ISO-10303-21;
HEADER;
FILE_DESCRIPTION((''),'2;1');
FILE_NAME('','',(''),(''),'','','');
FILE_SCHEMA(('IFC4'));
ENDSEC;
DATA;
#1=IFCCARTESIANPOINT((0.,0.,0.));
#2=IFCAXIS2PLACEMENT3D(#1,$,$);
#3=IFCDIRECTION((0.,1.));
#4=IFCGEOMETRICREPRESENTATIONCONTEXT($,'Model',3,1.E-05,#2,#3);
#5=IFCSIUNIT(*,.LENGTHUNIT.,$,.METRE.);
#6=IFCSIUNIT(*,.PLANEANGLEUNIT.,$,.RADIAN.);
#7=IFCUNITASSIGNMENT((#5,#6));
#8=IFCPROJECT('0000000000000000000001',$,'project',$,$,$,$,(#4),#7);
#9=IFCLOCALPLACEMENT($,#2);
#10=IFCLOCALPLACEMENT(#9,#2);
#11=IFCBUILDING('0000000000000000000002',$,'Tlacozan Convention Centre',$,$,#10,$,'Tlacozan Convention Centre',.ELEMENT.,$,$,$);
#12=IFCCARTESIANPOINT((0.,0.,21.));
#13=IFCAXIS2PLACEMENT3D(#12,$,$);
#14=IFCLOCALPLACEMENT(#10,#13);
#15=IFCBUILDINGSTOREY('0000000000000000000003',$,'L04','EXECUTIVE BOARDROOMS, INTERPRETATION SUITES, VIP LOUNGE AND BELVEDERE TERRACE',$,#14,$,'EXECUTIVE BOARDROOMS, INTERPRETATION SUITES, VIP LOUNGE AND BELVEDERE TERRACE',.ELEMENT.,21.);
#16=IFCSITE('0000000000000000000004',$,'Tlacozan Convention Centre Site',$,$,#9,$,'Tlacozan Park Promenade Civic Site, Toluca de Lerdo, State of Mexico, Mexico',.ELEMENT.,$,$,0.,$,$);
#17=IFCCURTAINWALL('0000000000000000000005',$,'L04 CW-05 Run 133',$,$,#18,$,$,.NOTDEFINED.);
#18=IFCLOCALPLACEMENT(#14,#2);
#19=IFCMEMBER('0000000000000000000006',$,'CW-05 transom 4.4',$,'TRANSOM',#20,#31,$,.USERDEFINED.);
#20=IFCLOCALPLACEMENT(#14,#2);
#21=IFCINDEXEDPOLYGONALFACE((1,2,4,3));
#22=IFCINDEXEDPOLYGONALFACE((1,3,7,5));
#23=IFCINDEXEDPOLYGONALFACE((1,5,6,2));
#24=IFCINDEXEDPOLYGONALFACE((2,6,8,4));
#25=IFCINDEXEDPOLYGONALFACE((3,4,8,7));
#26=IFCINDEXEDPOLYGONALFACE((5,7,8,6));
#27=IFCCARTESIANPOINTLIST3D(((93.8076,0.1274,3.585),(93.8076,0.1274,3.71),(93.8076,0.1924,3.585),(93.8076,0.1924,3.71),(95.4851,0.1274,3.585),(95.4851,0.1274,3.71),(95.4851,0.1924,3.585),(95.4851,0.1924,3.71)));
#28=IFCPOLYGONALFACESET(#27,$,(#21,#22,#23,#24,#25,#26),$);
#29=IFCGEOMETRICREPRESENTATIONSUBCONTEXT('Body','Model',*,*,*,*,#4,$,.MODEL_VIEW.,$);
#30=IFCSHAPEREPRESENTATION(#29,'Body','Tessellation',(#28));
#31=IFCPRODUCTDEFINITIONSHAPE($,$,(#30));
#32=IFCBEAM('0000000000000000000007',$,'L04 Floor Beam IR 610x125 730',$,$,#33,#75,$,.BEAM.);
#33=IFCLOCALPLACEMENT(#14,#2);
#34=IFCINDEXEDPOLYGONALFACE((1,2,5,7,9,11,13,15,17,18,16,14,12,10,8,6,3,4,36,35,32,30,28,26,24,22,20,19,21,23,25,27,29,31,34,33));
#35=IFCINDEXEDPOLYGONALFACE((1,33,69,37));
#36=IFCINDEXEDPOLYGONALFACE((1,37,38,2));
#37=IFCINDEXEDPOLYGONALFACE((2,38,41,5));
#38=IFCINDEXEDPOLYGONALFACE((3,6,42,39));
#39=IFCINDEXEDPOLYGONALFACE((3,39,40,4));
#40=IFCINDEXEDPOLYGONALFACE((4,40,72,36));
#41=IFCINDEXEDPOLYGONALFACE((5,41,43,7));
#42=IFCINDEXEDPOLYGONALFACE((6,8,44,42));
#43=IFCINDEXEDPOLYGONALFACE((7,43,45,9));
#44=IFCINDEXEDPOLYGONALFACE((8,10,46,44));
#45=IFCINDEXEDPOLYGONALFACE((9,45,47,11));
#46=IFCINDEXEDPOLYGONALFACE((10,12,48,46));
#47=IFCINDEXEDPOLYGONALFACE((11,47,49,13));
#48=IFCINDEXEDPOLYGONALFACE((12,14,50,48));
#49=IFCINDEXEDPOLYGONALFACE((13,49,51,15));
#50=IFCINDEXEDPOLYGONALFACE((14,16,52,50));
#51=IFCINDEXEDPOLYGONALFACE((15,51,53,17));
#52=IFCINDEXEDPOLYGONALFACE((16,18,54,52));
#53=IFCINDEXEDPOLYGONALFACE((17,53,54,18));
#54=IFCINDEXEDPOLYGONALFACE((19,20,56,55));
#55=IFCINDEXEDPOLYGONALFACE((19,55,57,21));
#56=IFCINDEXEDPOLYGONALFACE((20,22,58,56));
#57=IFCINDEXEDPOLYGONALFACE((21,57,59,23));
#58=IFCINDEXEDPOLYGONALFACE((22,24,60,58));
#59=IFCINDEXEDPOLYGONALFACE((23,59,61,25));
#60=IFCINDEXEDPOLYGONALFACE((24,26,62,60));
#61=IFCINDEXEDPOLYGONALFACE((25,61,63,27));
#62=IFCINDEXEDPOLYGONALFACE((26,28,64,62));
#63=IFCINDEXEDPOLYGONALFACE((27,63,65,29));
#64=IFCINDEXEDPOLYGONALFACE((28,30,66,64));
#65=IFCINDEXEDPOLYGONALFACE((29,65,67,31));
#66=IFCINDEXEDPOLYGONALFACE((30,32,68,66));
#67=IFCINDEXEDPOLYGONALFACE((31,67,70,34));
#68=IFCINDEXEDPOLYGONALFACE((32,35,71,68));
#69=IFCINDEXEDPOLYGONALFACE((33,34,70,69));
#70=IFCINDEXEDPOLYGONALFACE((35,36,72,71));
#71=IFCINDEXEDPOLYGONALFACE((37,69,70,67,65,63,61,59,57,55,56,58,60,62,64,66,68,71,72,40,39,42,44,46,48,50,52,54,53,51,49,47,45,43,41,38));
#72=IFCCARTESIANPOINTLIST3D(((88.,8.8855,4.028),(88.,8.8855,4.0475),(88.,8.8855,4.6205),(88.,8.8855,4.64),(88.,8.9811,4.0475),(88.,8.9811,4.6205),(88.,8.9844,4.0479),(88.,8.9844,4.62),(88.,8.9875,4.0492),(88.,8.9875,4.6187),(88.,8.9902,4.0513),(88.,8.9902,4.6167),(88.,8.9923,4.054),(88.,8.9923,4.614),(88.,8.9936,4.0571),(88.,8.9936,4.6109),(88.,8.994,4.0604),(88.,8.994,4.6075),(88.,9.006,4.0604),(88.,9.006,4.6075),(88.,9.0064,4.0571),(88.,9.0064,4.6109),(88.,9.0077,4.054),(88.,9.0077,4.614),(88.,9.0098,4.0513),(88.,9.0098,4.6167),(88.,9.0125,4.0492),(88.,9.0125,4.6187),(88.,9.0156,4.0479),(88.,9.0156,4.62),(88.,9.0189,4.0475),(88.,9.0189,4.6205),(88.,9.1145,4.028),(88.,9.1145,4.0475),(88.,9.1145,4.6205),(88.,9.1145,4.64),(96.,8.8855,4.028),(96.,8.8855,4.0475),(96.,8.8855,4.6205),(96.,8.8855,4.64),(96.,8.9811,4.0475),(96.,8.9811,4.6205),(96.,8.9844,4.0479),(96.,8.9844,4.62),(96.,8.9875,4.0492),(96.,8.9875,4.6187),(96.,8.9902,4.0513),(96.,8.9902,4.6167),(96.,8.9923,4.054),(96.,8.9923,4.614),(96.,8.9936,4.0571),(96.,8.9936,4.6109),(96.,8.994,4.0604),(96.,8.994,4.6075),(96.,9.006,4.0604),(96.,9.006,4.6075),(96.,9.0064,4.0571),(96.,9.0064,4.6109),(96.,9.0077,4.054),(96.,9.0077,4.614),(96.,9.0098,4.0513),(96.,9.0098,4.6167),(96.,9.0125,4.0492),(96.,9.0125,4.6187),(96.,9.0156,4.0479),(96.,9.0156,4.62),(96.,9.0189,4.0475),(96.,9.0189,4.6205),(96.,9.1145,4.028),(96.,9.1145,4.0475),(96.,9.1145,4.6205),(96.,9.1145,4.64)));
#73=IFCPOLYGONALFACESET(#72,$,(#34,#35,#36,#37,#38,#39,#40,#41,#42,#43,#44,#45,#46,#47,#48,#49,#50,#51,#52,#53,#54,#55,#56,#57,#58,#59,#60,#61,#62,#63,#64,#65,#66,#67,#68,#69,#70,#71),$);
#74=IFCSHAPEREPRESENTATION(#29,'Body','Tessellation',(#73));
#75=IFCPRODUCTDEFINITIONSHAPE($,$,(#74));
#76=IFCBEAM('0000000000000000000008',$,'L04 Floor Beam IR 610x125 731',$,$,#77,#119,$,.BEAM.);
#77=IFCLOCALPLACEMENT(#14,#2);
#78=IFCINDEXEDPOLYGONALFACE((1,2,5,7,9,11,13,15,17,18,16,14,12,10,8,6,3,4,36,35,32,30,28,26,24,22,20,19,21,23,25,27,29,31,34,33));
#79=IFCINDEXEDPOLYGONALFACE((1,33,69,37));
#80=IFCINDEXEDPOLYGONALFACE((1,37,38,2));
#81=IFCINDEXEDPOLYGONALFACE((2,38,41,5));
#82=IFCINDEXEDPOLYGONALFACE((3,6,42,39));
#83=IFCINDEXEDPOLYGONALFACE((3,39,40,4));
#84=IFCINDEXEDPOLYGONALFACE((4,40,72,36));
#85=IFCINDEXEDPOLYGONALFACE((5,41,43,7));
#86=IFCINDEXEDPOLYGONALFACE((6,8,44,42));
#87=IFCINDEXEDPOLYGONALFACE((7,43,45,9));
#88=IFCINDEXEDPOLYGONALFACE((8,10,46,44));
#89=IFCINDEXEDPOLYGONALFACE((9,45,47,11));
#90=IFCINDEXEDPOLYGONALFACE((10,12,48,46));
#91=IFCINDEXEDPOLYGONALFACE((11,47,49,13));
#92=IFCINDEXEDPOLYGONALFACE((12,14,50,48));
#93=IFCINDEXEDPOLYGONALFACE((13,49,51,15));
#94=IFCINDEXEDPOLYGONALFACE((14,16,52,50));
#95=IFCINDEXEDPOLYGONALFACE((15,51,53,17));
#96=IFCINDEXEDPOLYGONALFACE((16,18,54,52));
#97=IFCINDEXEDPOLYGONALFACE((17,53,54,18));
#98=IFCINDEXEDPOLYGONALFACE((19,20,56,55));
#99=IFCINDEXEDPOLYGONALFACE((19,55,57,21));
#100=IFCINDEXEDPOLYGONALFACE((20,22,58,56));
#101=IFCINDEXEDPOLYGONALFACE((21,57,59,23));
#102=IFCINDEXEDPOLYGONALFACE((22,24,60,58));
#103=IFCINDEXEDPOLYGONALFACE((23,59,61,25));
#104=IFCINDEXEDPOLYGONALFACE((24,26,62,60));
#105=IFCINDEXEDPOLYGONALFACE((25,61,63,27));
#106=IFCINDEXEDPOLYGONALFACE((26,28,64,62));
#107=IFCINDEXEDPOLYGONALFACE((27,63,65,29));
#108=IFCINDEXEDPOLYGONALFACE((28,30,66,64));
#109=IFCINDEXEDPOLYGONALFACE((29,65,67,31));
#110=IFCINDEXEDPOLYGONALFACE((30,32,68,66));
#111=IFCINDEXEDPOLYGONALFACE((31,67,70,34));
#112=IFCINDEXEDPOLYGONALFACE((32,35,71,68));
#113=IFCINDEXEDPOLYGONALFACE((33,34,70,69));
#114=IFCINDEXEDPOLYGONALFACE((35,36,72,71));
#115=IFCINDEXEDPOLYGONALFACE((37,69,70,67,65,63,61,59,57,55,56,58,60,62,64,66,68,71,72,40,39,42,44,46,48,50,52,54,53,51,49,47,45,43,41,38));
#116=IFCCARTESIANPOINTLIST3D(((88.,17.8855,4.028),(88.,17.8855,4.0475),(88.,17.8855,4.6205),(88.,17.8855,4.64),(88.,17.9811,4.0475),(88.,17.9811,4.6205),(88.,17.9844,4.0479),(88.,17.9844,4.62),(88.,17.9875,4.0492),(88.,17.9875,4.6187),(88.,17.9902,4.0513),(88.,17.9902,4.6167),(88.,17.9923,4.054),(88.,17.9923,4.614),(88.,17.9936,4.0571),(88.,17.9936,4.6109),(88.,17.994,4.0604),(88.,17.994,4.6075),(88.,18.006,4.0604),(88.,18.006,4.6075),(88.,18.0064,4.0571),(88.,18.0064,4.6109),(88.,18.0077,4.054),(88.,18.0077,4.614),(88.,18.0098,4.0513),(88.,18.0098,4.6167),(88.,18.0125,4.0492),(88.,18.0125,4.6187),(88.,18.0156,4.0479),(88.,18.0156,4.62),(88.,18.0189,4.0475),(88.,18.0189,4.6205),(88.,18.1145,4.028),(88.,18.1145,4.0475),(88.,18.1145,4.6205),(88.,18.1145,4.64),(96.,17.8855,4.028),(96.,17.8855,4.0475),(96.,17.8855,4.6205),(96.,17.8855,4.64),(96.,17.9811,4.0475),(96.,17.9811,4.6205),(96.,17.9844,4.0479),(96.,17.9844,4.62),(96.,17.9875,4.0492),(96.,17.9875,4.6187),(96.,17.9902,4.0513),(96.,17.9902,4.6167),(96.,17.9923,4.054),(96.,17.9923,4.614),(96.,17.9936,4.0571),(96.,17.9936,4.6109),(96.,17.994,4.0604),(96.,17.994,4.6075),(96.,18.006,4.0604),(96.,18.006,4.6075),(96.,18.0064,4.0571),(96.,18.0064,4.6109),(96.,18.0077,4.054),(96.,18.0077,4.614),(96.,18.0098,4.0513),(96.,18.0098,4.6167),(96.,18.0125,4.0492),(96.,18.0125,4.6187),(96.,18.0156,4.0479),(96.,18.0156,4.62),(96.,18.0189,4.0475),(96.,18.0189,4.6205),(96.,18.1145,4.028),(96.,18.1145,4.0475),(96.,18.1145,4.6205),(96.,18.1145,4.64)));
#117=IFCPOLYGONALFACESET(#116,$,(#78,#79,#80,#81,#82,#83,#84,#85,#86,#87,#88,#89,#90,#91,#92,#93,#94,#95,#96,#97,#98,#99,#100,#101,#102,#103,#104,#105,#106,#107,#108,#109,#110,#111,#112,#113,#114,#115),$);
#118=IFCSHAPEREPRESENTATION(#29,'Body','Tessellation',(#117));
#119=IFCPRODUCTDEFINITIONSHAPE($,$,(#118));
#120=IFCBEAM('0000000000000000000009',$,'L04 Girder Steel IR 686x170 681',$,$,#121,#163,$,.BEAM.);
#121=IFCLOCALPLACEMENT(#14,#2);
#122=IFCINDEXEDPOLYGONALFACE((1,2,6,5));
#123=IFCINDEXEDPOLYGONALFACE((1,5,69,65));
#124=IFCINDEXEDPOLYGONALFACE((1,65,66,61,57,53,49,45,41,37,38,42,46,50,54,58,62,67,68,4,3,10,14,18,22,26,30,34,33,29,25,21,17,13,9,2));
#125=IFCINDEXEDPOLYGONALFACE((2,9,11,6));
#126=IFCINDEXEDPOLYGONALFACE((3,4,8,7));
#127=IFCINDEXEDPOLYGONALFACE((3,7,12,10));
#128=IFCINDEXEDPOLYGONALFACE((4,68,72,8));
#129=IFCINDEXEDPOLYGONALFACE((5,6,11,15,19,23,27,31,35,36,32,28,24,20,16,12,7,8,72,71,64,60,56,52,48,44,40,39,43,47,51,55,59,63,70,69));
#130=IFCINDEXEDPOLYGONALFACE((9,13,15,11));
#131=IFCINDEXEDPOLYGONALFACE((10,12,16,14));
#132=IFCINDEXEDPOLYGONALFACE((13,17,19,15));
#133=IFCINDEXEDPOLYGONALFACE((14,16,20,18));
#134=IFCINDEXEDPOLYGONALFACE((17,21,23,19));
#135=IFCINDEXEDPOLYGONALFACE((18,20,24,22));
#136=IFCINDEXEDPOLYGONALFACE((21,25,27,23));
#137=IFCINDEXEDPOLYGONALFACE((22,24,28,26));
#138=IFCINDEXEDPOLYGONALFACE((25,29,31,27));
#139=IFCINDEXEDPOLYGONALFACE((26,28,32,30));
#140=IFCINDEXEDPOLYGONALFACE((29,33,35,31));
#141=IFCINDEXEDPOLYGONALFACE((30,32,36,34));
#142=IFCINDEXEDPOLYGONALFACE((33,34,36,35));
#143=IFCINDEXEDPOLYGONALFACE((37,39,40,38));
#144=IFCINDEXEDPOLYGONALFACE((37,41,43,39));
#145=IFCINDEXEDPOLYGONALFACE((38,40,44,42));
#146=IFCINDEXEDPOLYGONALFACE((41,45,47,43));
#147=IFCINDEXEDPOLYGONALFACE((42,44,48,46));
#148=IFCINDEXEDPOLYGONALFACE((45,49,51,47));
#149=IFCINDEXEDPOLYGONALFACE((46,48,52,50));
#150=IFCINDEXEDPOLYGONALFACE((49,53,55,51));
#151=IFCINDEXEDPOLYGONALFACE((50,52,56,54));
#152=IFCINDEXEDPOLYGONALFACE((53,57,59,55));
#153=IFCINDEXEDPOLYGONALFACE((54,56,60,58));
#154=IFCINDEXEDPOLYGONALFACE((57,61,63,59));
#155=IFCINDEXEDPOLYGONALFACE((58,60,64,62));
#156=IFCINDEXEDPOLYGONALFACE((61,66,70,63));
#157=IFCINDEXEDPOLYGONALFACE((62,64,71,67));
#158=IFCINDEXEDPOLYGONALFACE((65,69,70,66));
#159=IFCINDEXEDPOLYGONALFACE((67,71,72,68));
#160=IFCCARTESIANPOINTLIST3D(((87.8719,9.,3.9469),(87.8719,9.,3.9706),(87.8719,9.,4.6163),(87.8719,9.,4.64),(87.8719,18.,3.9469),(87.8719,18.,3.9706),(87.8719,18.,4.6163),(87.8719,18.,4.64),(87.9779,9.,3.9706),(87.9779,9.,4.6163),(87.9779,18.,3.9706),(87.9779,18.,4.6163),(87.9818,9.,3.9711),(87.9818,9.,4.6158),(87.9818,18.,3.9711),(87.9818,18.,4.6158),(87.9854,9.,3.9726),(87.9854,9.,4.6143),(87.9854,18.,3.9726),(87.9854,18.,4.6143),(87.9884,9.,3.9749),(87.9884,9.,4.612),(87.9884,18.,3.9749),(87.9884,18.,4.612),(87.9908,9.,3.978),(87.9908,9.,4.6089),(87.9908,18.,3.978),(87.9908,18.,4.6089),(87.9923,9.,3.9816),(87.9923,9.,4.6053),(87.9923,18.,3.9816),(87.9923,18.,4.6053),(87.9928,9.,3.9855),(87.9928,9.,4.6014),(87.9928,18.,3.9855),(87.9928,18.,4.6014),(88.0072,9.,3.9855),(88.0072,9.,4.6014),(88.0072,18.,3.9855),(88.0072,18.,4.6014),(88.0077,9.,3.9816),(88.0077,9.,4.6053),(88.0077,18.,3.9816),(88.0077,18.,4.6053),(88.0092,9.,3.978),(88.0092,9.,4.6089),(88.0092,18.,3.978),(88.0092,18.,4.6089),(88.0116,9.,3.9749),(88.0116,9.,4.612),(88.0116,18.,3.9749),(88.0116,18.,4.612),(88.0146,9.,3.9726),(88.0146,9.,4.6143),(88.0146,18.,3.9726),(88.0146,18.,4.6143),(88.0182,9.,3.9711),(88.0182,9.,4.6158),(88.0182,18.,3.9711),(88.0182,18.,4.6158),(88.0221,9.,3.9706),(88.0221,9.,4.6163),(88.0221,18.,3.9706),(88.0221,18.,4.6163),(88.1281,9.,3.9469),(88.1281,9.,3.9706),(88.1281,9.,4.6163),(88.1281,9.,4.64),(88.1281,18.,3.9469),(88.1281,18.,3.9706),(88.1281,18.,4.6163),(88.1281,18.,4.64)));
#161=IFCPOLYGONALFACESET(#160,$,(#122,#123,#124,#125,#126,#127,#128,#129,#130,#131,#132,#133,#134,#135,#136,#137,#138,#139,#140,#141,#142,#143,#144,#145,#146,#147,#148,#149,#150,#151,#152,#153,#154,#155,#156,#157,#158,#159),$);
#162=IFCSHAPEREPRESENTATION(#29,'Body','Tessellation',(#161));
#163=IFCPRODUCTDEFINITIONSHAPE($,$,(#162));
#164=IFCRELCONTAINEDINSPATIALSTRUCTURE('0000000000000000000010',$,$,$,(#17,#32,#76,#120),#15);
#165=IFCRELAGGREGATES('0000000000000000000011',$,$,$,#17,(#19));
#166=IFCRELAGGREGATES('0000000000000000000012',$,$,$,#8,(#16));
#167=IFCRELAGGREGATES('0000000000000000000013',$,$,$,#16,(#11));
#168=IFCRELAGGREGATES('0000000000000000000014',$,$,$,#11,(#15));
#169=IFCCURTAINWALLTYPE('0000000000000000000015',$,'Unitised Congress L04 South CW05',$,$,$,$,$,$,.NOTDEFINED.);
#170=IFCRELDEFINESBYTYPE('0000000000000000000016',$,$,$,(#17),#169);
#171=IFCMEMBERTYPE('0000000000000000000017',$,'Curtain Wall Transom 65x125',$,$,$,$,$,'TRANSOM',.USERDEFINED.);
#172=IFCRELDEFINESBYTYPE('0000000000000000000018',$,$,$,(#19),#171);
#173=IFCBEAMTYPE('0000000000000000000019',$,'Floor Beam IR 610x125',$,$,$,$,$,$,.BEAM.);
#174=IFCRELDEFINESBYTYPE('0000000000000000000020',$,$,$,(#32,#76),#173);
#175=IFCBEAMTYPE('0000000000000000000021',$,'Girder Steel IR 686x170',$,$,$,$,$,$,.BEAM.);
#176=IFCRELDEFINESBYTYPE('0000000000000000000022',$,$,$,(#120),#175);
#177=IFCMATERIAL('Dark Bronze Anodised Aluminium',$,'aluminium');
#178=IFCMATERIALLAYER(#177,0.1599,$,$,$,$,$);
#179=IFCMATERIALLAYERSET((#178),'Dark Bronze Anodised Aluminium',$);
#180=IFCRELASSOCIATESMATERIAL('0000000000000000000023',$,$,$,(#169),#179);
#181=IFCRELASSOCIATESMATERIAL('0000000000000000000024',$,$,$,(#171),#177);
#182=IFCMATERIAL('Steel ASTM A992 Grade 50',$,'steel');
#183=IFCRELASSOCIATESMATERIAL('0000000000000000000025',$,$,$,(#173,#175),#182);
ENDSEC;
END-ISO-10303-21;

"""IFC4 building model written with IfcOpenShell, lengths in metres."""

from ifc_helpers import new_model, si_unit, direction, frame, origin, origin_2d, place, context, subcontext, project, spatial, rectangle, i_section, extrude, material, layer, layer_set, material_profile, profile_set, type_object, element, aggregate, save


model = new_model("IFC4")

# Units and contexts
model_context = context("Model", 3, precision=1e-05, world=origin(), true_north=direction((0.0, 1.0)))
body_context = subcontext(model_context, "Body", "Model", "MODEL_VIEW")
ifc_project = project(units=[si_unit("LENGTHUNIT", "METRE"), si_unit("PLANEANGLEUNIT", "RADIAN")], contexts=[model_context])

# Site, building, storey
site_placement = place(None, origin())
site = spatial("IfcSite", under=ifc_project, at=site_placement, Name="Tlacozan Convention Centre Site", LongName="Tlacozan Park Promenade Civic Site, Toluca de Lerdo, State of Mexico, Mexico", CompositionType="ELEMENT", RefElevation=0.0)
building_placement = place(site_placement, origin())
building = spatial("IfcBuilding", under=site, at=building_placement, Name="Tlacozan Convention Centre", LongName="Tlacozan Convention Centre", CompositionType="ELEMENT")
storey_placement = place(building_placement, frame((0.0, 0.0, 21.0)))
storey = spatial("IfcBuildingStorey", under=building, at=storey_placement, Name="L04", Description="EXECUTIVE BOARDROOMS, INTERPRETATION SUITES, VIP LOUNGE AND BELVEDERE TERRACE", LongName="EXECUTIVE BOARDROOMS, INTERPRETATION SUITES, VIP LOUNGE AND BELVEDERE TERRACE", CompositionType="ELEMENT", Elevation=21.0)

# Curtain wall, member
ifc_material_1 = material(Name="Dark Bronze Anodised Aluminium", Category="aluminium")
ifc_layer_1 = layer(ifc_material_1, 0.1599)
ifc_layer_set_1 = layer_set([ifc_layer_1], Name="Dark Bronze Anodised Aluminium")
curtain_wall_type = type_object("IfcCurtainWallType", Name="Unitised Congress L04 South CW05", PredefinedType="NOTDEFINED", material=ifc_layer_set_1)
curtain_wall_placement = place(storey_placement, origin())
curtain_wall = element("IfcCurtainWall", 1, at=curtain_wall_placement, inside=storey, type_object=curtain_wall_type, Name="L04 CW-05 Run 133", PredefinedType="NOTDEFINED")
ifc_material_profile_1 = material_profile(ifc_material_1, rectangle(XDim=0.0649, YDim=0.125, at=origin_2d()), Name="ALU 65x125")
ifc_profile_set_1 = profile_set([ifc_material_profile_1], Name="Dark Bronze Anodised Aluminium")
member_type_1 = type_object("IfcMemberType", Name="Curtain Wall Transom 65x125", ElementType="TRANSOM", PredefinedType="USERDEFINED", material=ifc_profile_set_1)
member_1_placement = place(storey_placement, frame((93.8076, 0.1599, 3.6475), z_axis=(1.0, 0.0, 0.0), x_axis=(0.0, 1.0, 0.0)))
member_1 = element("IfcMember", 2, at=member_1_placement, type_object=member_type_1, Name="CW-05 transom 4.4", ObjectType="TRANSOM", PredefinedType="USERDEFINED", context=body_context, shape_type="SweptSolid", body=[
    extrude(rectangle(XDim=0.0649, YDim=0.125, at=origin_2d()), origin(), (0.0, 0.0, 1.0), 1.6775),
])

# Beams
ifc_material_2 = material(Name="Steel ASTM A992 Grade 50", Category="steel")
ifc_material_profile_2 = material_profile(ifc_material_2, i_section(OverallWidth=0.229, OverallDepth=0.6121, WebThickness=0.012, FlangeThickness=0.0195, FilletRadius=0.0129, at=origin_2d()), Name="IR 610x125.0")
ifc_profile_set_2 = profile_set([ifc_material_profile_2], Name="Steel ASTM A992 Grade 50")
beam_type_1 = type_object("IfcBeamType", Name="Floor Beam IR 610x125", PredefinedType="BEAM", material=ifc_profile_set_2)
for number, where, z_axis, x_axis, name in (
    (3, (88.0, 9.0, 4.334), (1.0, 0.0, 0.0), (0.0, 1.0, 0.0), "L04 Floor Beam IR 610x125 730"),
    (4, (88.0, 18.0, 4.334), (1.0, 0.0, 0.0), (0.0, 1.0, 0.0), "L04 Floor Beam IR 610x125 731"),
):
    element("IfcBeam", number, at=place(storey_placement, frame(where, z_axis=z_axis, x_axis=x_axis)), inside=storey, type_object=beam_type_1, Name=name, PredefinedType="BEAM", context=body_context, shape_type="SweptSolid", body=[
        extrude(i_section(OverallWidth=0.229, OverallDepth=0.6121, WebThickness=0.012, FlangeThickness=0.0195, FilletRadius=0.0129, at=origin_2d()), origin(), (0.0, 0.0, 1.0), 8.0),
    ])
ifc_material_profile_3 = material_profile(ifc_material_2, i_section(OverallWidth=0.2561, OverallDepth=0.6931, WebThickness=0.0144, FlangeThickness=0.0237, FilletRadius=0.0149, at=origin_2d()), Name="IR 686x170.0")
ifc_profile_set_3 = profile_set([ifc_material_profile_3], Name="Steel ASTM A992 Grade 50")
beam_type_2 = type_object("IfcBeamType", Name="Girder Steel IR 686x170", PredefinedType="BEAM", material=ifc_profile_set_3)
for number, where, z_axis, x_axis, name in (
    (5, (88.0, 9.0, 4.2935), (0.0, 1.0, 0.0), (-1.0, 0.0, 0.0), "L04 Girder Steel IR 686x170 681"),
):
    element("IfcBeam", number, at=place(storey_placement, frame(where, z_axis=z_axis, x_axis=x_axis)), inside=storey, type_object=beam_type_2, Name=name, PredefinedType="BEAM", context=body_context, shape_type="SweptSolid", body=[
        extrude(i_section(OverallWidth=0.2561, OverallDepth=0.6931, WebThickness=0.0144, FlangeThickness=0.0237, FilletRadius=0.0149, at=origin_2d()), origin(), (0.0, 0.0, 1.0), 9.0),
    ])

aggregate(curtain_wall, [member_1])

save(model, "model.ifc")
